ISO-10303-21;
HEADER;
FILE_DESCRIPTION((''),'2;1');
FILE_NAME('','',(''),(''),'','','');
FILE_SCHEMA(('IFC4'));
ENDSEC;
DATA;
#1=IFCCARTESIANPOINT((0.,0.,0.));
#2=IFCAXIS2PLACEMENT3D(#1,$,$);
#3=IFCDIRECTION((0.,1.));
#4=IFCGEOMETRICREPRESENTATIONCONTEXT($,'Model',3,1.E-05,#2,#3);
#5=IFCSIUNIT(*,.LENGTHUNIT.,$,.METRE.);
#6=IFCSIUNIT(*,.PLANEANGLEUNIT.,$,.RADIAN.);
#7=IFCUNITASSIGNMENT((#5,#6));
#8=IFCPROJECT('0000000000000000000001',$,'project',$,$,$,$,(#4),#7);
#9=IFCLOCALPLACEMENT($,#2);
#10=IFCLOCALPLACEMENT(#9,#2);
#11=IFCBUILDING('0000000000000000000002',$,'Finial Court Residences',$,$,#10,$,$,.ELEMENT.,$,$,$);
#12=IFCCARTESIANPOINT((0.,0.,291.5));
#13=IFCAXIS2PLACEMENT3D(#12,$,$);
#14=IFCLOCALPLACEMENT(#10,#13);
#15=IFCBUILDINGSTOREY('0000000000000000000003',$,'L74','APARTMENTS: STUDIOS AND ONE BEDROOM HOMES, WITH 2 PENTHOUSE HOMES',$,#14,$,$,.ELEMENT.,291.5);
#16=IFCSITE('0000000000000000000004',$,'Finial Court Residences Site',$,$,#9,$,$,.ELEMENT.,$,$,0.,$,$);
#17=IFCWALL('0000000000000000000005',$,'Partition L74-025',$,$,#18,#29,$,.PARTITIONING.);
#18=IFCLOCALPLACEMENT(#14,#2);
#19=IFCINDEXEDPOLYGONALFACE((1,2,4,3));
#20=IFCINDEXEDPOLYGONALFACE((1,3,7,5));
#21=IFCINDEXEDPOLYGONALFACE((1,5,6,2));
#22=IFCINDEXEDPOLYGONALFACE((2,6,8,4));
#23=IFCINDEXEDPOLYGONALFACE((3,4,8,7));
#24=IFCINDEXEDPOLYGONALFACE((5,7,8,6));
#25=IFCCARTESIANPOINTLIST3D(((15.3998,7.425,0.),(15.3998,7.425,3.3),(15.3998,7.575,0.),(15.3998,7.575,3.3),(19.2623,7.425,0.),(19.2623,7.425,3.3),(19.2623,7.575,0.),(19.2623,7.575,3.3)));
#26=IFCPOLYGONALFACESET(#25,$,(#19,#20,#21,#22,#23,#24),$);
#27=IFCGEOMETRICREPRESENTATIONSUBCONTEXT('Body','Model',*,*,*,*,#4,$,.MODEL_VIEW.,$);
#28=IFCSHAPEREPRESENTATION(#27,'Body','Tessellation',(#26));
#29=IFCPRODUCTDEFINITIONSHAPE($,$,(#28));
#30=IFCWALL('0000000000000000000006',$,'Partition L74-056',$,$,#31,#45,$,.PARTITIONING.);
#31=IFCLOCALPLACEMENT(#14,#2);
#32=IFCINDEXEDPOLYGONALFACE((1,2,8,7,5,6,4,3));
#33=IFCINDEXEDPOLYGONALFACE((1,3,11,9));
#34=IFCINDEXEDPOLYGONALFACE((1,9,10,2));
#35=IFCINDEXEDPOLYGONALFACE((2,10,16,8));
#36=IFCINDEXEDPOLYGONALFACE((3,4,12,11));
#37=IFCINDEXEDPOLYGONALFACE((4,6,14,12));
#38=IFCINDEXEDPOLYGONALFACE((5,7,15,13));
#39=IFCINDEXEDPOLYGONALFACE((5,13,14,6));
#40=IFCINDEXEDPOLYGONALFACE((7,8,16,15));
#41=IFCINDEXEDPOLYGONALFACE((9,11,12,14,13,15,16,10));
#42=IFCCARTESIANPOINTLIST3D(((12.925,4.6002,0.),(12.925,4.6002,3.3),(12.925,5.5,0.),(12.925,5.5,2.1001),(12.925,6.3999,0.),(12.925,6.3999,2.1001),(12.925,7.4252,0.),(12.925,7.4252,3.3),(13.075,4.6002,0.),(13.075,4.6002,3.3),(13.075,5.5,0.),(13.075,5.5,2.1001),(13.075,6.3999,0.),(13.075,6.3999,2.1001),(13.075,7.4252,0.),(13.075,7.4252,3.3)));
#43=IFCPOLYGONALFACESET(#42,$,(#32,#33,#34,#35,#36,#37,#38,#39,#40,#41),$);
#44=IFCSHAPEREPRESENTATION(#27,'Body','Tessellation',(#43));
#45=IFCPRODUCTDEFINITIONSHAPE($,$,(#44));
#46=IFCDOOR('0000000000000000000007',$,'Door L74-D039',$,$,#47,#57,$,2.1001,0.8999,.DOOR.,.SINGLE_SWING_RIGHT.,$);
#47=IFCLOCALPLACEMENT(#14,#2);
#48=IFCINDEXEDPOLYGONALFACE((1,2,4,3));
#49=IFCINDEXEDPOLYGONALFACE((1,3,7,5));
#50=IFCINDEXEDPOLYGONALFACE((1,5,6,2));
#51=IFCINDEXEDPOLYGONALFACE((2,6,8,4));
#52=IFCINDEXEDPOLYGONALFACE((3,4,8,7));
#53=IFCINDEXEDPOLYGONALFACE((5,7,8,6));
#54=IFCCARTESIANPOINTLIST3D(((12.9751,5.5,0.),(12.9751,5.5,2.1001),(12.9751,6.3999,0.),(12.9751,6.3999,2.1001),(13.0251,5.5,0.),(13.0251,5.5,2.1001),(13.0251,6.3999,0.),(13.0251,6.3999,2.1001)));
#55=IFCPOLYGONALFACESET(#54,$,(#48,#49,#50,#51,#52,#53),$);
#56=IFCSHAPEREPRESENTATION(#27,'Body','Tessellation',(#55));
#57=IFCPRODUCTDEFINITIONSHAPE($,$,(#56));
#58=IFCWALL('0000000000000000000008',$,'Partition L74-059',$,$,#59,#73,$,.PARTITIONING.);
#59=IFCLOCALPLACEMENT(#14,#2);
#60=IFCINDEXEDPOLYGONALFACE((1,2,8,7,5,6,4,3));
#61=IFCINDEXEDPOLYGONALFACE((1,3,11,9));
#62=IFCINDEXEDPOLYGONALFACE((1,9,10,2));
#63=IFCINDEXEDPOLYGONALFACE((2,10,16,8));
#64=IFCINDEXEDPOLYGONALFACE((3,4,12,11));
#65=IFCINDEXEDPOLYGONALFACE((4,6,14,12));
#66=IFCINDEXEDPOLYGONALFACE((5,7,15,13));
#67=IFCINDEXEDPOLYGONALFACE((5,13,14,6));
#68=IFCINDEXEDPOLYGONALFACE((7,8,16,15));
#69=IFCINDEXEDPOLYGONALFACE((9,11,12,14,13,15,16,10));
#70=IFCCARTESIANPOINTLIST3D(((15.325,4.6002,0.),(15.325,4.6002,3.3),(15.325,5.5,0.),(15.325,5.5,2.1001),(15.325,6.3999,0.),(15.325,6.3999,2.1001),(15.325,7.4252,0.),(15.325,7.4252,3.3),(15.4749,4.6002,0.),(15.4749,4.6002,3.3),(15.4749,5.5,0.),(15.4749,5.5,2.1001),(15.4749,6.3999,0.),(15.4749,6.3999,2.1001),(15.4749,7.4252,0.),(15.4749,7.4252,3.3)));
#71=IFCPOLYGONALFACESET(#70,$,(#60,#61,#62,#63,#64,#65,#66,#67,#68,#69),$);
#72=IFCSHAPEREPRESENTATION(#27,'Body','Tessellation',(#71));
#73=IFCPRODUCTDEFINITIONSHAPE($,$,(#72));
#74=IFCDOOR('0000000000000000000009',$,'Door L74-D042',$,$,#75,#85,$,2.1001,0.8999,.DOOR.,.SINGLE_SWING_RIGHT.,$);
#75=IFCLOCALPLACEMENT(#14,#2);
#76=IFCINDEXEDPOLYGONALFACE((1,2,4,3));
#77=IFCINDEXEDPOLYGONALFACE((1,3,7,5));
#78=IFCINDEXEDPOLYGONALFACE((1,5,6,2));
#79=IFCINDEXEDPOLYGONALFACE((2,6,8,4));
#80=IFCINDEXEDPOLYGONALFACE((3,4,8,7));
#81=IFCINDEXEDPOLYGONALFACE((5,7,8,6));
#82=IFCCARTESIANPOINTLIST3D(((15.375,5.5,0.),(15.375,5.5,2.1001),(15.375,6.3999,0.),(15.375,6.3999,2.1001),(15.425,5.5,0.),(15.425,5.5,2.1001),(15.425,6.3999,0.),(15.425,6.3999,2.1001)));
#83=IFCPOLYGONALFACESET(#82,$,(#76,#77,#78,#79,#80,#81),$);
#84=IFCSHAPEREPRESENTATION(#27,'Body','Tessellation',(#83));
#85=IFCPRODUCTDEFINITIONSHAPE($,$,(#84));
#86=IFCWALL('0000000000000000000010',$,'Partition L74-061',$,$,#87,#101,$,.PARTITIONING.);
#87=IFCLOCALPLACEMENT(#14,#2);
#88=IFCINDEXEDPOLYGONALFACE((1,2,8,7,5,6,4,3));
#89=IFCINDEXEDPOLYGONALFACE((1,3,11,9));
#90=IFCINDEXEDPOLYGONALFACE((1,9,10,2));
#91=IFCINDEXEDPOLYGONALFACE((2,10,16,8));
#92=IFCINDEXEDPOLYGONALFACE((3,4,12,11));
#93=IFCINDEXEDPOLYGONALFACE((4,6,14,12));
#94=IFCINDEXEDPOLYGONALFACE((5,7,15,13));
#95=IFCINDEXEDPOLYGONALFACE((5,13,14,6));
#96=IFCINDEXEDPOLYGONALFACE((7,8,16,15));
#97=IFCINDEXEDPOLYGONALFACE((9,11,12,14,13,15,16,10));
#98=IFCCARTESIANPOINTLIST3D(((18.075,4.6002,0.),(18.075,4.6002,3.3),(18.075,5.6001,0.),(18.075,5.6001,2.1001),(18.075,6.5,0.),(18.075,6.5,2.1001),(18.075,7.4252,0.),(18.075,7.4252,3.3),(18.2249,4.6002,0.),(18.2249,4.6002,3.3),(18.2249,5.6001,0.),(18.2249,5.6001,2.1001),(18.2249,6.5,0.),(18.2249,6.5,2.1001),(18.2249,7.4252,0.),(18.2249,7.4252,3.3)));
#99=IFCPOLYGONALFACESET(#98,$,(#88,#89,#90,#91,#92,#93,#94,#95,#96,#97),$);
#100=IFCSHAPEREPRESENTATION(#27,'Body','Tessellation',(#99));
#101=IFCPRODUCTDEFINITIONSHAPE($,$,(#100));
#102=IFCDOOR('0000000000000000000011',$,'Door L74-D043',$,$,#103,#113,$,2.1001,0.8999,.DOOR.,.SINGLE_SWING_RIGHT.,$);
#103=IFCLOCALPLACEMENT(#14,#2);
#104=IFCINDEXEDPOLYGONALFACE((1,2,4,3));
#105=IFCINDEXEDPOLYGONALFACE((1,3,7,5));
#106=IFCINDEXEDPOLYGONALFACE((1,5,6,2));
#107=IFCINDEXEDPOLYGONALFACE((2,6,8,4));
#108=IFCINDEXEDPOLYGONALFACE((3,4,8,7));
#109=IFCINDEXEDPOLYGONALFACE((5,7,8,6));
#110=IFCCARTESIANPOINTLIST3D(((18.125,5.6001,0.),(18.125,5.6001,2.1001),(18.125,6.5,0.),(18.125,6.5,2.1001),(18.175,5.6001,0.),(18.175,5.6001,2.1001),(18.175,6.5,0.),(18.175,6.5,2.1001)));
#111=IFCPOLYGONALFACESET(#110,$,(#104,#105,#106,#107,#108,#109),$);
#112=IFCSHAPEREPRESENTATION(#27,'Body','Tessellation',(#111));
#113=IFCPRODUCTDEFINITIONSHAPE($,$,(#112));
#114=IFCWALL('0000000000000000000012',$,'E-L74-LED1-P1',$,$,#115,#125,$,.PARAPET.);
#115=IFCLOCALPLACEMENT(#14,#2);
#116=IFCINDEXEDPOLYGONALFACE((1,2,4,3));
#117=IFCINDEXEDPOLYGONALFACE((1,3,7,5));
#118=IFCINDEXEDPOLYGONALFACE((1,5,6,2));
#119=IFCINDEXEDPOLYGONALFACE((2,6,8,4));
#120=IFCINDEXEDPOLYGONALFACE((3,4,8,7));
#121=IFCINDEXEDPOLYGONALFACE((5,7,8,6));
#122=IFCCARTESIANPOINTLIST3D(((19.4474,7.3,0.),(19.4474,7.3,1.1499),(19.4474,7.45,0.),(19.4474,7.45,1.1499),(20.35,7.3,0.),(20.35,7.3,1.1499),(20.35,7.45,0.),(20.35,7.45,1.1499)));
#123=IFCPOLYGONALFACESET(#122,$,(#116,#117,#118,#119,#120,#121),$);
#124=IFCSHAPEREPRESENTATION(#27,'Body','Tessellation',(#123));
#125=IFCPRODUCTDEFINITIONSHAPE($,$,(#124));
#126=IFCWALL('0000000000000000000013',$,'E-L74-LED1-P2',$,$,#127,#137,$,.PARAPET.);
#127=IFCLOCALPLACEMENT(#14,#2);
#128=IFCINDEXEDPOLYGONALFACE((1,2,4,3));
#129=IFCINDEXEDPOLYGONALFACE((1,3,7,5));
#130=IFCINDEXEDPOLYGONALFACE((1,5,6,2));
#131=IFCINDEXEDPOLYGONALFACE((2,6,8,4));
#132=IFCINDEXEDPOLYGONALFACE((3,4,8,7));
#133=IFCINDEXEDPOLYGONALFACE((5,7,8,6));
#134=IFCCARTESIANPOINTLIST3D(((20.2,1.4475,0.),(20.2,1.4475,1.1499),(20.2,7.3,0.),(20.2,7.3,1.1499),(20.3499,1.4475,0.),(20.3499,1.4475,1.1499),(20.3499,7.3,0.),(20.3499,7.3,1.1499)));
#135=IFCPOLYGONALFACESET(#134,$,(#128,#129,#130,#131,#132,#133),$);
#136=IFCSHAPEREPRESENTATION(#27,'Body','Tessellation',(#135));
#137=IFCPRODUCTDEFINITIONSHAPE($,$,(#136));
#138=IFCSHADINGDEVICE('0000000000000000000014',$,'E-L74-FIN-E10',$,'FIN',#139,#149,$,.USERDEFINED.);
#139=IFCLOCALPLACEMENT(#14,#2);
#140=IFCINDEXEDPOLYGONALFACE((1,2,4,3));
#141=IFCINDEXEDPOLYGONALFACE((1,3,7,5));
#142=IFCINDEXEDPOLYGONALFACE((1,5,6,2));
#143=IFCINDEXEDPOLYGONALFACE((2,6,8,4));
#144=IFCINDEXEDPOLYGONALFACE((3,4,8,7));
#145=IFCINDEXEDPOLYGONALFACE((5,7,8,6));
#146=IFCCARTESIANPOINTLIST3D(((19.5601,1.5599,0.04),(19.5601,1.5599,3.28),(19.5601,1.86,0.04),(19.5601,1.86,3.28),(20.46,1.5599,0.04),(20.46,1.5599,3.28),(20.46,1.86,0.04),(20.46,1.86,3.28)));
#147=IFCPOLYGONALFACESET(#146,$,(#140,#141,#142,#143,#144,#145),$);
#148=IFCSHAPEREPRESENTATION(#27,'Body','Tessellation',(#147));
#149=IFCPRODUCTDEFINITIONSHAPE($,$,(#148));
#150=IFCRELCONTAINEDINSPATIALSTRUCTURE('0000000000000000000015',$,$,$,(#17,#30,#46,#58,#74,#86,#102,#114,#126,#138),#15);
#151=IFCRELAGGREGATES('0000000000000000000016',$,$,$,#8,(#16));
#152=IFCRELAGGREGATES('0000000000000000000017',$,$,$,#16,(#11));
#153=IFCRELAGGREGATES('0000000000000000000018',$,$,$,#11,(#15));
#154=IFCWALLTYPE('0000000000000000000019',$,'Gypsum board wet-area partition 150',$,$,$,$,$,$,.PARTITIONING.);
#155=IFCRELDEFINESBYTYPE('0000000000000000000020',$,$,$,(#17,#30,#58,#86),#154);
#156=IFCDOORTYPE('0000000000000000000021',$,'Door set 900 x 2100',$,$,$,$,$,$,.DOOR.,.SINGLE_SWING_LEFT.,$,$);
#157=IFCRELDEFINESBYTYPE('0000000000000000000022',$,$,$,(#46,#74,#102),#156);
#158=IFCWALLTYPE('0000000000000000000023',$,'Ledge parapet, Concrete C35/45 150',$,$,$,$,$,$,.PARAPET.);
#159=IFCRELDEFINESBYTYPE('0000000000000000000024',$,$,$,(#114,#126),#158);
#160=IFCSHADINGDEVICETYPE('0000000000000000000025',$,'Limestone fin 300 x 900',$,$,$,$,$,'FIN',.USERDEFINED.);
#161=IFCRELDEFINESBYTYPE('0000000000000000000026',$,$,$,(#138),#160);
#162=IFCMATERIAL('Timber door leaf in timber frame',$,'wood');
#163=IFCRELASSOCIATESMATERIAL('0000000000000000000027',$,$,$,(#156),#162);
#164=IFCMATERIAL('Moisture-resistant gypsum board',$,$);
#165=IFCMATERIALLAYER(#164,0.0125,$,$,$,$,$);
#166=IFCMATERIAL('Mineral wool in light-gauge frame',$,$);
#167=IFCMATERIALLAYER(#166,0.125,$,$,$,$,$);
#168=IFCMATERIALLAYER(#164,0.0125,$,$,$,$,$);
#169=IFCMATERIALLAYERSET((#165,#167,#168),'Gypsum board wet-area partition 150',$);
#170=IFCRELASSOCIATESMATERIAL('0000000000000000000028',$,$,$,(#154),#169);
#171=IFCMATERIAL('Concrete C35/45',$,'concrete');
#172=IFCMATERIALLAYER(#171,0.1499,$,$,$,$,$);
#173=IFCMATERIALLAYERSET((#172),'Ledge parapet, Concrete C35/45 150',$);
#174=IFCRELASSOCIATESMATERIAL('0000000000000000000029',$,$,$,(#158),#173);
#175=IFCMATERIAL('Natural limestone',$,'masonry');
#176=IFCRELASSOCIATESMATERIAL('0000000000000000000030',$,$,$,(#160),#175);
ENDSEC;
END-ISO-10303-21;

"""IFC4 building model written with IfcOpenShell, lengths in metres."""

from ifc_helpers import new_model, si_unit, direction, frame, frame_2d, origin, origin_2d, place, context, subcontext, project, spatial, rectangle, extrude, material, layer, layer_set, type_object, element, fill, save


model = new_model("IFC4")

# Units and contexts
model_context = context("Model", 3, precision=1e-05, world=origin(), true_north=direction((0.0, 1.0)))
body_context = subcontext(model_context, "Body", "Model", "MODEL_VIEW")
ifc_project = project(units=[si_unit("LENGTHUNIT", "METRE"), si_unit("PLANEANGLEUNIT", "RADIAN")], contexts=[model_context])

# Site, building, storey
site_placement = place(None, origin())
site = spatial("IfcSite", under=ifc_project, at=site_placement, Name="Finial Court Residences Site", CompositionType="ELEMENT", RefElevation=0.0)
building_placement = place(site_placement, origin())
building = spatial("IfcBuilding", under=site, at=building_placement, Name="Finial Court Residences", CompositionType="ELEMENT")
storey_placement = place(building_placement, frame((0.0, 0.0, 291.5)))
storey = spatial("IfcBuildingStorey", under=building, at=storey_placement, Name="L74", Description="APARTMENTS: STUDIOS AND ONE BEDROOM HOMES, WITH 2 PENTHOUSE HOMES", CompositionType="ELEMENT", Elevation=291.5)

# Shared definitions
ifc_material_1 = material(Name="Mineral wool in light-gauge frame")
ifc_material_2 = material(Name="Timber door leaf in timber frame", Category="wood")
door_type = type_object("IfcDoorType", Name="Door set 900 x 2100", OperationType="SINGLE_SWING_LEFT", PredefinedType="DOOR", material=ifc_material_2)

# Wall
ifc_material_3 = material(Name="Moisture-resistant gypsum board")
ifc_layer_1 = layer(ifc_material_3, 0.0125)
ifc_layer_2 = layer(ifc_material_1, 0.125)
ifc_layer_3 = layer(ifc_material_3, 0.0125)
ifc_layer_set_1 = layer_set([ifc_layer_1, ifc_layer_2, ifc_layer_3], Name="Gypsum board wet-area partition 150")
wall_type_1 = type_object("IfcWallType", Name="Gypsum board wet-area partition 150", PredefinedType="PARTITIONING", material=ifc_layer_set_1)
wall_1_placement = place(storey_placement, frame((15.3999, 7.5, 0.0), z_axis=(0.0, 0.0, 1.0), x_axis=(1.0, 0.0, 0.0)))
element("IfcWall", 1, at=wall_1_placement, inside=storey, type_object=wall_type_1, Name="Partition L74-025", PredefinedType="PARTITIONING", context=body_context, shape_type="SweptSolid", body=[
    extrude(rectangle(XDim=3.8625, YDim=0.1499, at=frame_2d((1.9312, 0.0))), origin(), (0.0, 0.0, 1.0), 3.3),
])

# Walls, openings, doors
wall_2_placement = place(storey_placement, frame((13.0, 4.6001, 0.0), z_axis=(0.0, 0.0, 1.0), x_axis=(0.0, 1.0, 0.0)))
wall_2 = element("IfcWall", 2, at=wall_2_placement, inside=storey, type_object=wall_type_1, Name="Partition L74-056", PredefinedType="PARTITIONING", context=body_context, shape_type="SweptSolid", body=[
    extrude(rectangle(XDim=2.825, YDim=0.1499, at=frame_2d((1.4126, 0.0))), origin(), (0.0, 0.0, 1.0), 3.3),
])
opening_1_placement = place(wall_2_placement, frame((0.8999, 0.0, 0.0)))
opening_1 = element("IfcOpeningElement", 3, at=opening_1_placement, cuts=wall_2, PredefinedType="OPENING", context=body_context, shape_type="SweptSolid", body=[
    extrude(rectangle(XDim=0.8999, YDim=2.1001, at=frame_2d((0.45, 1.05))), frame((0.0, 0.085, 0.0), z_axis=(0.0, -1.0, 0.0), x_axis=(1.0, 0.0, 0.0)), (0.0, 0.0, 1.0), 0.1699),
])
door_1_placement = place(opening_1_placement, origin())
door_1 = element("IfcDoor", 4, at=door_1_placement, inside=storey, type_object=door_type, Name="Door L74-D039", OperationType="SINGLE_SWING_RIGHT", OverallHeight=2.1001, OverallWidth=0.8999, PredefinedType="DOOR", context=body_context, shape_type="SweptSolid", body=[
    extrude(rectangle(XDim=0.8999, YDim=2.1001, at=frame_2d((0.45, 1.05))), frame((0.0, 0.0249, 0.0), z_axis=(0.0, -1.0, 0.0), x_axis=(1.0, 0.0, 0.0)), (0.0, 0.0, 1.0), 0.05),
])
fill(opening_1, door_1)
wall_3_placement = place(storey_placement, frame((15.3999, 4.6001, 0.0), z_axis=(0.0, 0.0, 1.0), x_axis=(0.0, 1.0, 0.0)))
wall_3 = element("IfcWall", 5, at=wall_3_placement, inside=storey, type_object=wall_type_1, Name="Partition L74-059", PredefinedType="PARTITIONING", context=body_context, shape_type="SweptSolid", body=[
    extrude(rectangle(XDim=2.825, YDim=0.1499, at=frame_2d((1.4126, 0.0))), origin(), (0.0, 0.0, 1.0), 3.3),
])
opening_2_placement = place(wall_3_placement, frame((0.8999, 0.0, 0.0)))
opening_2 = element("IfcOpeningElement", 6, at=opening_2_placement, cuts=wall_3, PredefinedType="OPENING", context=body_context, shape_type="SweptSolid", body=[
    extrude(rectangle(XDim=0.8999, YDim=2.1001, at=frame_2d((0.45, 1.05))), frame((0.0, 0.085, 0.0), z_axis=(0.0, -1.0, 0.0), x_axis=(1.0, 0.0, 0.0)), (0.0, 0.0, 1.0), 0.1699),
])
door_2_placement = place(opening_2_placement, origin())
door_2 = element("IfcDoor", 7, at=door_2_placement, inside=storey, type_object=door_type, Name="Door L74-D042", OperationType="SINGLE_SWING_RIGHT", OverallHeight=2.1001, OverallWidth=0.8999, PredefinedType="DOOR", context=body_context, shape_type="SweptSolid", body=[
    extrude(rectangle(XDim=0.8999, YDim=2.1001, at=frame_2d((0.45, 1.05))), frame((0.0, 0.0249, 0.0), z_axis=(0.0, -1.0, 0.0), x_axis=(1.0, 0.0, 0.0)), (0.0, 0.0, 1.0), 0.05),
])
fill(opening_2, door_2)
wall_4_placement = place(storey_placement, frame((18.1499, 4.6001, 0.0), z_axis=(0.0, 0.0, 1.0), x_axis=(0.0, 1.0, 0.0)))
wall_4 = element("IfcWall", 8, at=wall_4_placement, inside=storey, type_object=wall_type_1, Name="Partition L74-061", PredefinedType="PARTITIONING", context=body_context, shape_type="SweptSolid", body=[
    extrude(rectangle(XDim=2.825, YDim=0.1499, at=frame_2d((1.4126, 0.0))), origin(), (0.0, 0.0, 1.0), 3.3),
])
opening_3_placement = place(wall_4_placement, frame((1.0, 0.0, 0.0)))
opening_3 = element("IfcOpeningElement", 9, at=opening_3_placement, cuts=wall_4, PredefinedType="OPENING", context=body_context, shape_type="SweptSolid", body=[
    extrude(rectangle(XDim=0.8999, YDim=2.1001, at=frame_2d((0.45, 1.05))), frame((0.0, 0.085, 0.0), z_axis=(0.0, -1.0, 0.0), x_axis=(1.0, 0.0, 0.0)), (0.0, 0.0, 1.0), 0.1699),
])
door_3_placement = place(opening_3_placement, origin())
door_3 = element("IfcDoor", 10, at=door_3_placement, inside=storey, type_object=door_type, Name="Door L74-D043", OperationType="SINGLE_SWING_RIGHT", OverallHeight=2.1001, OverallWidth=0.8999, PredefinedType="DOOR", context=body_context, shape_type="SweptSolid", body=[
    extrude(rectangle(XDim=0.8999, YDim=2.1001, at=frame_2d((0.45, 1.05))), frame((0.0, 0.0249, 0.0), z_axis=(0.0, -1.0, 0.0), x_axis=(1.0, 0.0, 0.0)), (0.0, 0.0, 1.0), 0.05),
])
fill(opening_3, door_3)

# Walls
ifc_material_4 = material(Name="Concrete C35/45", Category="concrete")
ifc_layer_4 = layer(ifc_material_4, 0.1499)
ifc_layer_set_2 = layer_set([ifc_layer_4], Name="Ledge parapet, Concrete C35/45 150")
wall_type_2 = type_object("IfcWallType", Name="Ledge parapet, Concrete C35/45 150", PredefinedType="PARAPET", material=ifc_layer_set_2)
wall_5_placement = place(storey_placement, frame((19.4475, 7.375, 0.0), z_axis=(0.0, 0.0, 1.0), x_axis=(1.0, 0.0, 0.0)))
element("IfcWall", 11, at=wall_5_placement, inside=storey, type_object=wall_type_2, Name="E-L74-LED1-P1", PredefinedType="PARAPET", context=body_context, shape_type="SweptSolid", body=[
    extrude(rectangle(XDim=0.9026, YDim=0.1499, at=frame_2d((0.4512, 0.0))), origin(), (0.0, 0.0, 1.0), 1.1499),
])
wall_6_placement = place(storey_placement, frame((20.2749, 7.3, 0.0), z_axis=(0.0, 0.0, 1.0), x_axis=(0.0, -1.0, 0.0)))
element("IfcWall", 12, at=wall_6_placement, inside=storey, type_object=wall_type_2, Name="E-L74-LED1-P2", PredefinedType="PARAPET", context=body_context, shape_type="SweptSolid", body=[
    extrude(rectangle(XDim=5.8525, YDim=0.1499, at=frame_2d((2.9263, 0.0))), origin(), (0.0, 0.0, 1.0), 1.1499),
])

# Shading device
ifc_material_5 = material(Name="Natural limestone", Category="masonry")
shading_device_type = type_object("IfcShadingDeviceType", Name="Limestone fin 300 x 900", ElementType="FIN", PredefinedType="USERDEFINED", material=ifc_material_5)
shading_device_placement = place(storey_placement, frame((20.01, 1.71, 0.04), z_axis=(0.0, 0.0, 1.0), x_axis=(1.0, 0.0, 0.0)))
element("IfcShadingDevice", 13, at=shading_device_placement, inside=storey, type_object=shading_device_type, Name="E-L74-FIN-E10", ObjectType="FIN", PredefinedType="USERDEFINED", context=body_context, shape_type="SweptSolid", body=[
    extrude(rectangle(XDim=0.8999, YDim=0.3, at=origin_2d()), origin(), (0.0, 0.0, 1.0), 3.24),
])

save(model, "model.ifc")
